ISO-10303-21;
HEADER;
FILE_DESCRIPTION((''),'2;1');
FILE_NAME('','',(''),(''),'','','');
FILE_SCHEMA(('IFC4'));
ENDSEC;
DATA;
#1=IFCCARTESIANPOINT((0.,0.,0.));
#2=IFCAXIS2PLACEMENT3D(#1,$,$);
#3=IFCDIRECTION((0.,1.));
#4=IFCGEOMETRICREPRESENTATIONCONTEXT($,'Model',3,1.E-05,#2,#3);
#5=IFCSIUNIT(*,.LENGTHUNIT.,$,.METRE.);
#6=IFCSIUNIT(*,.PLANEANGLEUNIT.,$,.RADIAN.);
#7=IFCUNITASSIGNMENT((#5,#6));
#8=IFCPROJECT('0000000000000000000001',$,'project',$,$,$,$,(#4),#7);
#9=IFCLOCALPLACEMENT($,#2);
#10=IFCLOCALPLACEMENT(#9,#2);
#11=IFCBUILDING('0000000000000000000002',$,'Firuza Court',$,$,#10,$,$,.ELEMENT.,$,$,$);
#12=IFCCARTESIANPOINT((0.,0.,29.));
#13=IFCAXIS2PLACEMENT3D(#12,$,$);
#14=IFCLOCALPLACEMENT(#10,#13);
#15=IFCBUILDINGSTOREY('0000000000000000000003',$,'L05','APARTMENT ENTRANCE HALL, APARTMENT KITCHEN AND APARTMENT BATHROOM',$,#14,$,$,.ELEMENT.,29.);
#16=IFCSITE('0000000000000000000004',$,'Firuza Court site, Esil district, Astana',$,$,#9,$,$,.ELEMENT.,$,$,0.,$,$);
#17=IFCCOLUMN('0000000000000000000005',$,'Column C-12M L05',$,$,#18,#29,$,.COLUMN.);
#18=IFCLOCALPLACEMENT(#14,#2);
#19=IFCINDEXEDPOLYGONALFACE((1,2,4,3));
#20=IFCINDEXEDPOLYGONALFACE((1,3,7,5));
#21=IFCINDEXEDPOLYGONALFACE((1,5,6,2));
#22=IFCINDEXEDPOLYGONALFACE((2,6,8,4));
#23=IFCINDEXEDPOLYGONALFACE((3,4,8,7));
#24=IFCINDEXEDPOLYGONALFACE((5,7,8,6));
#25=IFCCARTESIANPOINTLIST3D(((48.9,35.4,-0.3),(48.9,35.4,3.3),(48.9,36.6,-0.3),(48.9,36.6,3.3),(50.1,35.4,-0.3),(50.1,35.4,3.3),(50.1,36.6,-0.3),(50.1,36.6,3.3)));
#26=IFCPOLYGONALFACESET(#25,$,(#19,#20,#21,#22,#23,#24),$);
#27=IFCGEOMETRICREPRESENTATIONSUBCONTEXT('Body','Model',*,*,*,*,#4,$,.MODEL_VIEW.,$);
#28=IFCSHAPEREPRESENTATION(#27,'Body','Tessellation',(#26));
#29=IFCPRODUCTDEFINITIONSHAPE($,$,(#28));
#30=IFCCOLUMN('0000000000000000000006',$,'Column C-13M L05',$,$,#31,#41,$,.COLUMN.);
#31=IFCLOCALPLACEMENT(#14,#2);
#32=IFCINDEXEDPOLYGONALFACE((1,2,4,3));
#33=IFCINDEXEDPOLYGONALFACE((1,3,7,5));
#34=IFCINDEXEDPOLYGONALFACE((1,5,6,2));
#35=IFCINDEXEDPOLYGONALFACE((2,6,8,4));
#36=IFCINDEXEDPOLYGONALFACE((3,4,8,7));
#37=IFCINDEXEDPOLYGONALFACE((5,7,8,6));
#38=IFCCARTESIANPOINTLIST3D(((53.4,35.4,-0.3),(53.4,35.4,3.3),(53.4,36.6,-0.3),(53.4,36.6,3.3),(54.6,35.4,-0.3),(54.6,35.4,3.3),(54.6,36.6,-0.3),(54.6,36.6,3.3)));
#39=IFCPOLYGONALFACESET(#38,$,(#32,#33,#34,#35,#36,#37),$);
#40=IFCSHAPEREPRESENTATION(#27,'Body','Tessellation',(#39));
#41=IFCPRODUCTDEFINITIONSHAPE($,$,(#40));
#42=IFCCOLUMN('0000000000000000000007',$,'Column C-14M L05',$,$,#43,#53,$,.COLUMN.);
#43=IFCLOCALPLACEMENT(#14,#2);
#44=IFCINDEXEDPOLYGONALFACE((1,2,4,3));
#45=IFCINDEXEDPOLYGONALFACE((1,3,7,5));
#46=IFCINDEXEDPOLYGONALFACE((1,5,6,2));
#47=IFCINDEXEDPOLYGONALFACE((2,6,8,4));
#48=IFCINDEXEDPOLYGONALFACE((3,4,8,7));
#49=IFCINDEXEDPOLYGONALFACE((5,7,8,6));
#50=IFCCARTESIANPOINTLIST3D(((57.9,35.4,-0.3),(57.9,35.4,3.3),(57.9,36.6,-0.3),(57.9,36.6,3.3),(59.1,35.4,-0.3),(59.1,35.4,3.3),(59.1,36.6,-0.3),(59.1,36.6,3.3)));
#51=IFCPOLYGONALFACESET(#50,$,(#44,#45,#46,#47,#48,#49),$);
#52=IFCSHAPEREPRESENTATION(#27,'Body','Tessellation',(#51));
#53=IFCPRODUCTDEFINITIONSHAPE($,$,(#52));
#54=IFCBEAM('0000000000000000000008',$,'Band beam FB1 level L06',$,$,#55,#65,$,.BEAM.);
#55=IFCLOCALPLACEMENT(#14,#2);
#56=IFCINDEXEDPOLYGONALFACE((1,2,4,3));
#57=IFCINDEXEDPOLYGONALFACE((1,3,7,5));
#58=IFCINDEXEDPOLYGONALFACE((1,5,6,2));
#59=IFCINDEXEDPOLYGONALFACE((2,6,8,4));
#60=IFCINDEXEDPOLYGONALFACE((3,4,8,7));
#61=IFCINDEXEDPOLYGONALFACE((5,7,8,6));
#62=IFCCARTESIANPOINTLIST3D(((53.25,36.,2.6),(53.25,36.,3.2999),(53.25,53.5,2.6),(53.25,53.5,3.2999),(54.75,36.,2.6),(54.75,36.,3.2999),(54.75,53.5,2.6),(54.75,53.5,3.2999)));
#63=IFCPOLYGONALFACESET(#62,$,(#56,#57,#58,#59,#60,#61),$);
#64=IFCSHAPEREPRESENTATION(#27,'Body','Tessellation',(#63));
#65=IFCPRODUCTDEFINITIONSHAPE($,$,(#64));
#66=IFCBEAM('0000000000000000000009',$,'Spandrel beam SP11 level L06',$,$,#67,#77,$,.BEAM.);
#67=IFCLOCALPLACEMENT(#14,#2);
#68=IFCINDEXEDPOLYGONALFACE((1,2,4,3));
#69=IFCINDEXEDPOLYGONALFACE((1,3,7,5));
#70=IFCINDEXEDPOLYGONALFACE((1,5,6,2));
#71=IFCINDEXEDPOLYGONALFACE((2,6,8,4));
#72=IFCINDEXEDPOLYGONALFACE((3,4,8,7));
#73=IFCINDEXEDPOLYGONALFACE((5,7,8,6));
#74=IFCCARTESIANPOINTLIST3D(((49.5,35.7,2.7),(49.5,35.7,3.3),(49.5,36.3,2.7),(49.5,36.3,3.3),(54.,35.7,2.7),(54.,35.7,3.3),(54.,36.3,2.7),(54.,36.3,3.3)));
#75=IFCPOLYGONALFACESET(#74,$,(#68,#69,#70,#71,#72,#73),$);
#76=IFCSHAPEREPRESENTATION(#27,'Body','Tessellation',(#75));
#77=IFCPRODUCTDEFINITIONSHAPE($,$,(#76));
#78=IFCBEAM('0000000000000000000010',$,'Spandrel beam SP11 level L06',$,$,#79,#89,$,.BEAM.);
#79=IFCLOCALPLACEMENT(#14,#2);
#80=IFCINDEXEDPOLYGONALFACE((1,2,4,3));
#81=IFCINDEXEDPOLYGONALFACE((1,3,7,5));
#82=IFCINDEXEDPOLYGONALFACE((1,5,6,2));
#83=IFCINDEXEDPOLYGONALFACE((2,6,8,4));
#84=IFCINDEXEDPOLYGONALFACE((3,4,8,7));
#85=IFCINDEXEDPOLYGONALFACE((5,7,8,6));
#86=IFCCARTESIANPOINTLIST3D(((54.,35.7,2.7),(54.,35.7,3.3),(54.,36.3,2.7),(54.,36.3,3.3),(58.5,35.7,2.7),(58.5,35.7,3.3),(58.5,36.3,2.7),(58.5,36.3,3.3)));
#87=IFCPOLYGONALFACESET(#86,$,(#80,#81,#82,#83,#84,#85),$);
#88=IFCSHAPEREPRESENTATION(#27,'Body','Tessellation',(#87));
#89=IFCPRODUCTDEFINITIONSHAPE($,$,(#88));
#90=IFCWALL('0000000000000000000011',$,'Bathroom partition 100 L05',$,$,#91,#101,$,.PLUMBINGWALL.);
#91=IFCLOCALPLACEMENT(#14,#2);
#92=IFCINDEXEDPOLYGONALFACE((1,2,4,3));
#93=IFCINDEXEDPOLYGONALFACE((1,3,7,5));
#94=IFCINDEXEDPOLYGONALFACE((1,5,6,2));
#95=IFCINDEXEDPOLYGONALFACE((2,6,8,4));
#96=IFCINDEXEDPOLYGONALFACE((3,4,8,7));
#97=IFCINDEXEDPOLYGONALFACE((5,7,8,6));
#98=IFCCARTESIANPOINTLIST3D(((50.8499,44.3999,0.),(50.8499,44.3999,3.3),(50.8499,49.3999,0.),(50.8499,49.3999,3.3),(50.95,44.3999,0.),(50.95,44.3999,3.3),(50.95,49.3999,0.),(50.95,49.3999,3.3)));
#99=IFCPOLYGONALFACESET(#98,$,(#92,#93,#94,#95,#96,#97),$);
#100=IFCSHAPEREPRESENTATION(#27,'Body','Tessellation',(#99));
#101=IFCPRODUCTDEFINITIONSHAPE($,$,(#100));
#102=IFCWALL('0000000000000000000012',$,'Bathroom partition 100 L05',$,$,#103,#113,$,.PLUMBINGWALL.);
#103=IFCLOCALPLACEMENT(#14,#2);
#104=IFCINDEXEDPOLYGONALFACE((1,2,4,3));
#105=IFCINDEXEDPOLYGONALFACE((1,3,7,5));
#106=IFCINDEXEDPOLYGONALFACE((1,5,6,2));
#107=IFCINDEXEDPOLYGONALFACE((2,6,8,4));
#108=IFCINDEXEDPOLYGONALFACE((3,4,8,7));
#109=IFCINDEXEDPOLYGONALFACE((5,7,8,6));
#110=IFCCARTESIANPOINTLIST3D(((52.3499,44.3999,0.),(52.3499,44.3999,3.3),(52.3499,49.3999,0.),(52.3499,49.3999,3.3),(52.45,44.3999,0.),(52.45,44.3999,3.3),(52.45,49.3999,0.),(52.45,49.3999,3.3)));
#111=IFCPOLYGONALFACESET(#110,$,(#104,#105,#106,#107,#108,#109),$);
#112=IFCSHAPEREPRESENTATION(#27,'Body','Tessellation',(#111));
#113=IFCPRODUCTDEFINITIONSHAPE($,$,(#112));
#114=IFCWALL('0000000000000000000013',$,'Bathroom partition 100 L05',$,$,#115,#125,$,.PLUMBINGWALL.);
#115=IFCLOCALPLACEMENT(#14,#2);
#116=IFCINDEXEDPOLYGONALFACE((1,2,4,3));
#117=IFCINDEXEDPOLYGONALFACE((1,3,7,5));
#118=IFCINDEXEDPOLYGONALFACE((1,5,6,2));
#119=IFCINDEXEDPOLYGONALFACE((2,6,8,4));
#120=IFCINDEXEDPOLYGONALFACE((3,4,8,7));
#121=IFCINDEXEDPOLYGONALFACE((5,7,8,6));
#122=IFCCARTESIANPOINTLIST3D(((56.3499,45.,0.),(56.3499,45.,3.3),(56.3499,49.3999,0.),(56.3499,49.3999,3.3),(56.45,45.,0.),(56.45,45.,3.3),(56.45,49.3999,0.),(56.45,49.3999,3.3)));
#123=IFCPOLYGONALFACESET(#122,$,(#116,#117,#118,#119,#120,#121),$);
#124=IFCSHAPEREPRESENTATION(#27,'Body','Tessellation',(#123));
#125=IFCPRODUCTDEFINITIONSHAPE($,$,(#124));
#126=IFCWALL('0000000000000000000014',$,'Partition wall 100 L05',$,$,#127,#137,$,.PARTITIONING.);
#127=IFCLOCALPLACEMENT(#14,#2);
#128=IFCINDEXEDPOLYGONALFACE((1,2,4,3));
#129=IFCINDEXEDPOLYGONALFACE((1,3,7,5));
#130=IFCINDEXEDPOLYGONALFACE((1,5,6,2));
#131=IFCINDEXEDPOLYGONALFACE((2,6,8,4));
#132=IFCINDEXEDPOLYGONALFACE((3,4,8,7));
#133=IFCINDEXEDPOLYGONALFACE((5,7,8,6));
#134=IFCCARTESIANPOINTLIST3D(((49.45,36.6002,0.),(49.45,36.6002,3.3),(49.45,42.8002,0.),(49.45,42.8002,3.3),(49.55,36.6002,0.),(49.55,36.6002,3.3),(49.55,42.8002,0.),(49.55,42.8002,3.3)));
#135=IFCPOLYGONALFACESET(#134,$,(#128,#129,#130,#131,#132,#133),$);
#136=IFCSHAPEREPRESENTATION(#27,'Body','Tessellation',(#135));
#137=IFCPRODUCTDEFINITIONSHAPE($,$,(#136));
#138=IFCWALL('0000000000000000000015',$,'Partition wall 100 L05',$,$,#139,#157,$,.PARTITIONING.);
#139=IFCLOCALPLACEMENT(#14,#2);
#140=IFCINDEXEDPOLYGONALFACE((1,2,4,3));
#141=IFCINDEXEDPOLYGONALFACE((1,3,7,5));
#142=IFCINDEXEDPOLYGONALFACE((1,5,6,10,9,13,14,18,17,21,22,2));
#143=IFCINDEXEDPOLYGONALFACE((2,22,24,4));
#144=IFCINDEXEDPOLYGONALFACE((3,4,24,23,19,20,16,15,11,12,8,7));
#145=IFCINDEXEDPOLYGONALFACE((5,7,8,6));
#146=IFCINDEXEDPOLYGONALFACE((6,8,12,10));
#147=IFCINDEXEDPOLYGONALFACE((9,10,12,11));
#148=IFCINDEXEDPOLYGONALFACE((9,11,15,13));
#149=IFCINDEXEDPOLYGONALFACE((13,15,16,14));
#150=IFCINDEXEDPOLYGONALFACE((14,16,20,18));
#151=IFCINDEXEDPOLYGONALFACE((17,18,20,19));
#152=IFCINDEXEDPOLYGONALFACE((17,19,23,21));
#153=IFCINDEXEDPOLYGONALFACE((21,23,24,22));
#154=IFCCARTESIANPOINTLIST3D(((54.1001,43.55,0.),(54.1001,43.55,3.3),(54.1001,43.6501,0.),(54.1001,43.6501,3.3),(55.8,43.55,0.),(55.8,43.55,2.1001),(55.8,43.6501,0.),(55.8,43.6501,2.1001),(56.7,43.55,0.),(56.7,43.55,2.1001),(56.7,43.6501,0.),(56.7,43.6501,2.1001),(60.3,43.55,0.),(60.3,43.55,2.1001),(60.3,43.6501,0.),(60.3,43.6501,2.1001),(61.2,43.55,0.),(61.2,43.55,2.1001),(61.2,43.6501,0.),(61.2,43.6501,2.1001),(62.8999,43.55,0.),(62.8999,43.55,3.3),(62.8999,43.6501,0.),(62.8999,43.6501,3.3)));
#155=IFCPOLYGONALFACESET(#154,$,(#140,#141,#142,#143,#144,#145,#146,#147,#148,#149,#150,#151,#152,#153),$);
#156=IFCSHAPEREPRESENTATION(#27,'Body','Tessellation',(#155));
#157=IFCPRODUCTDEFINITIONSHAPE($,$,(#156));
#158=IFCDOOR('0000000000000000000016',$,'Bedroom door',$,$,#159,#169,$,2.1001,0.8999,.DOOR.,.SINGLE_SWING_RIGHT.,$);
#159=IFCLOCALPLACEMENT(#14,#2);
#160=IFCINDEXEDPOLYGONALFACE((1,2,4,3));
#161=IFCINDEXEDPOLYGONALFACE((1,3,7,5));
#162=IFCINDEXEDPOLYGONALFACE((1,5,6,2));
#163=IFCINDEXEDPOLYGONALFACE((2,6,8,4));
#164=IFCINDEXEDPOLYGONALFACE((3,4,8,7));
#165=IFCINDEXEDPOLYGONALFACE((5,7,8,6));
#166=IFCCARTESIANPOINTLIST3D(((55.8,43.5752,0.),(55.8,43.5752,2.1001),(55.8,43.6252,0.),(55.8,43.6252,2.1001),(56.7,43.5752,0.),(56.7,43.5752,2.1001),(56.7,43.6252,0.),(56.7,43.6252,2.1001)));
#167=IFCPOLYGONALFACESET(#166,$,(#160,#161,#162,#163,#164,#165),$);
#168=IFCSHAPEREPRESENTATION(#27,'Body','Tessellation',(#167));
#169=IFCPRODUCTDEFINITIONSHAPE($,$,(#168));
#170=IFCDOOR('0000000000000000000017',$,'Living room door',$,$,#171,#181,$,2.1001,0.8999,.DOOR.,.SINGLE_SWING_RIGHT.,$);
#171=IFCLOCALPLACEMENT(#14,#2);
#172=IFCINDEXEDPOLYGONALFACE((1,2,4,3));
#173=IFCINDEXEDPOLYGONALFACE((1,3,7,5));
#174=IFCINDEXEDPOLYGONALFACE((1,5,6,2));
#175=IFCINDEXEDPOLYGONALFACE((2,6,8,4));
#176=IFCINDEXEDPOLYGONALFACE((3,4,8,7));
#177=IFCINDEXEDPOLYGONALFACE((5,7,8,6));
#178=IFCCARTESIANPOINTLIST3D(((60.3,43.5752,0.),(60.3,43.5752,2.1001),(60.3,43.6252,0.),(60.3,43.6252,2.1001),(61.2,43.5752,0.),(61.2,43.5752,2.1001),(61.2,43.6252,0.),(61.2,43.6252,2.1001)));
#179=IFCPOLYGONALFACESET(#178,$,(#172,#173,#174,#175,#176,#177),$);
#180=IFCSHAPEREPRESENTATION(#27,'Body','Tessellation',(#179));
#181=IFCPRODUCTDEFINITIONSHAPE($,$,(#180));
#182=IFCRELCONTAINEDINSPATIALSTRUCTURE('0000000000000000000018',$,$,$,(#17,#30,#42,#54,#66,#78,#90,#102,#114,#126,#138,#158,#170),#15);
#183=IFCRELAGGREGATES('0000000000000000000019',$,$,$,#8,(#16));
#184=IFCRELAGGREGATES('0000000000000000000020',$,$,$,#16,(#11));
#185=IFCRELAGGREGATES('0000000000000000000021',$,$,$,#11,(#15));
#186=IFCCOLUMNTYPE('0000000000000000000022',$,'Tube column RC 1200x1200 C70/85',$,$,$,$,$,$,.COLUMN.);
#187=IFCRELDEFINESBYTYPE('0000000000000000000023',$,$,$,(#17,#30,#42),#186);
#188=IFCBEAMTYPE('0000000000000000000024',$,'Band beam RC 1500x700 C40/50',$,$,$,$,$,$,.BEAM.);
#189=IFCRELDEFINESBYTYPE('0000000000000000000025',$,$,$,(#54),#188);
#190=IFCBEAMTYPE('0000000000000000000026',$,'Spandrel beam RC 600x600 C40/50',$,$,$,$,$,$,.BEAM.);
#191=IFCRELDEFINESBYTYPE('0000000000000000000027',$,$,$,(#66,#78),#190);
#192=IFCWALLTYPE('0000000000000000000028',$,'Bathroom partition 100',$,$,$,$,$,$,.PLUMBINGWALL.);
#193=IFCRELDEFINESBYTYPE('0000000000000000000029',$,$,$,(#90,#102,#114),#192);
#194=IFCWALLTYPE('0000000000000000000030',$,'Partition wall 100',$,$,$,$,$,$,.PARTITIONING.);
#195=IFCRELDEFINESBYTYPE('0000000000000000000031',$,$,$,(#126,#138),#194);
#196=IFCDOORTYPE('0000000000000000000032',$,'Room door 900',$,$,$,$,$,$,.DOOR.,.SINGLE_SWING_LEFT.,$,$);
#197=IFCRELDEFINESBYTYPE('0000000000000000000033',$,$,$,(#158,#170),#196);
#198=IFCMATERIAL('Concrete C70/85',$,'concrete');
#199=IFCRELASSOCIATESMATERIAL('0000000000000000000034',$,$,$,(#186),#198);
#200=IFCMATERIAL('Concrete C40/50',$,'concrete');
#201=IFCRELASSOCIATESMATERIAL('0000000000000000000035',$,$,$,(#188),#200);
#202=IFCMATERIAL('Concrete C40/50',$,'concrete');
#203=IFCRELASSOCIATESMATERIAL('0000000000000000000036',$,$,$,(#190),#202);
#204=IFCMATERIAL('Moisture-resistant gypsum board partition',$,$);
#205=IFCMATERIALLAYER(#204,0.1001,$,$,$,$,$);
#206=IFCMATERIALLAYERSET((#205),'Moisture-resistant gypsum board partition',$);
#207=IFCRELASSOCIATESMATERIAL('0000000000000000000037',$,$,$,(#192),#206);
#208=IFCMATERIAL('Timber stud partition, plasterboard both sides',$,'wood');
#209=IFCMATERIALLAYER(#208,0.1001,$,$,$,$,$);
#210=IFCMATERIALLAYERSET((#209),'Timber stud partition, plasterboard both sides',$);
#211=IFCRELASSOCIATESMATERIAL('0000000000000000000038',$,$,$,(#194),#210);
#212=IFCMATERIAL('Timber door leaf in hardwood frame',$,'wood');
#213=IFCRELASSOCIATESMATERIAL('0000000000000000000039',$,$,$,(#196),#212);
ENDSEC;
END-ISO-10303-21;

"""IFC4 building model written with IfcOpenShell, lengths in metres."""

from ifc_helpers import new_model, si_unit, direction, frame, frame_2d, origin, origin_2d, place, context, subcontext, project, spatial, rectangle, extrude, material, layer, layer_set, material_profile, profile_set, type_object, element, fill, save


model = new_model("IFC4")

# Units and contexts
model_context = context("Model", 3, precision=1e-05, world=origin(), true_north=direction((0.0, 1.0)))
body_context = subcontext(model_context, "Body", "Model", "MODEL_VIEW")
ifc_project = project(units=[si_unit("LENGTHUNIT", "METRE"), si_unit("PLANEANGLEUNIT", "RADIAN")], contexts=[model_context])

# Site, building, storey
site_placement = place(None, origin())
site = spatial("IfcSite", under=ifc_project, at=site_placement, Name="Firuza Court site, Esil district, Astana", CompositionType="ELEMENT", RefElevation=0.0)
building_placement = place(site_placement, origin())
building = spatial("IfcBuilding", under=site, at=building_placement, Name="Firuza Court", CompositionType="ELEMENT")
storey_placement = place(building_placement, frame((0.0, 0.0, 29.0)))
storey = spatial("IfcBuildingStorey", under=building, at=storey_placement, Name="L05", Description="APARTMENT ENTRANCE HALL, APARTMENT KITCHEN AND APARTMENT BATHROOM", CompositionType="ELEMENT", Elevation=29.0)

# Columns
ifc_material_1 = material(Name="Concrete C70/85", Category="concrete")
ifc_material_profile_1 = material_profile(ifc_material_1, rectangle(XDim=1.2, YDim=1.2, at=origin_2d()), Name="RC 1200x1200")
ifc_profile_set_1 = profile_set([ifc_material_profile_1], Name="Concrete C70/85")
column_type = type_object("IfcColumnType", Name="Tube column RC 1200x1200 C70/85", PredefinedType="COLUMN", material=ifc_profile_set_1)
for number, where, z_axis, x_axis, name in (
    (1, (49.5, 36.0, -0.3), (0.0, 0.0, 1.0), (1.0, 0.0, 0.0), "Column C-12M L05"),
    (2, (54.0, 36.0, -0.3), (0.0, 0.0, 1.0), (1.0, 0.0, 0.0), "Column C-13M L05"),
    (3, (58.5, 36.0, -0.3), (0.0, 0.0, 1.0), (1.0, 0.0, 0.0), "Column C-14M L05"),
):
    element("IfcColumn", number, at=place(storey_placement, frame(where, z_axis=z_axis, x_axis=x_axis)), inside=storey, type_object=column_type, Name=name, PredefinedType="COLUMN", context=body_context, shape_type="SweptSolid", body=[
        extrude(rectangle(XDim=1.2, YDim=1.2, at=origin_2d()), origin(), (0.0, 0.0, 1.0), 3.6001),
    ])

# Beams
ifc_material_2 = material(Name="Concrete C40/50", Category="concrete")
ifc_material_profile_2 = material_profile(ifc_material_2, rectangle(XDim=1.5, YDim=0.7, at=origin_2d()), Name="RC 1500x700")
ifc_profile_set_2 = profile_set([ifc_material_profile_2], Name="Concrete C40/50")
beam_type_1 = type_object("IfcBeamType", Name="Band beam RC 1500x700 C40/50", PredefinedType="BEAM", material=ifc_profile_set_2)
beam_placement = place(storey_placement, frame((54.0, 36.0, 2.95), z_axis=(0.0, 1.0, 0.0), x_axis=(-1.0, 0.0, 0.0)))
element("IfcBeam", 4, at=beam_placement, inside=storey, type_object=beam_type_1, Name="Band beam FB1 level L06", PredefinedType="BEAM", context=body_context, shape_type="SweptSolid", body=[
    extrude(rectangle(XDim=1.5, YDim=0.7, at=origin_2d()), origin(), (0.0, 0.0, 1.0), 17.5),
])
ifc_material_3 = material(Name="Concrete C40/50", Category="concrete")
ifc_material_profile_3 = material_profile(ifc_material_3, rectangle(XDim=0.6001, YDim=0.6001, at=origin_2d()), Name="RC 600x600")
ifc_profile_set_3 = profile_set([ifc_material_profile_3], Name="Concrete C40/50")
beam_type_2 = type_object("IfcBeamType", Name="Spandrel beam RC 600x600 C40/50", PredefinedType="BEAM", material=ifc_profile_set_3)
for number, where, z_axis, x_axis, name in (
    (5, (49.5, 36.0, 3.0), (1.0, 0.0, 0.0), (0.0, 1.0, 0.0), "Spandrel beam SP11 level L06"),
    (6, (54.0, 36.0, 3.0), (1.0, 0.0, 0.0), (0.0, 1.0, 0.0), "Spandrel beam SP11 level L06"),
):
    element("IfcBeam", number, at=place(storey_placement, frame(where, z_axis=z_axis, x_axis=x_axis)), inside=storey, type_object=beam_type_2, Name=name, PredefinedType="BEAM", context=body_context, shape_type="SweptSolid", body=[
        extrude(rectangle(XDim=0.6001, YDim=0.6001, at=origin_2d()), origin(), (0.0, 0.0, 1.0), 4.5),
    ])

# Walls
ifc_material_4 = material(Name="Moisture-resistant gypsum board partition")
ifc_layer_1 = layer(ifc_material_4, 0.1001)
ifc_layer_set_1 = layer_set([ifc_layer_1], Name="Moisture-resistant gypsum board partition")
wall_type_1 = type_object("IfcWallType", Name="Bathroom partition 100", PredefinedType="PLUMBINGWALL", material=ifc_layer_set_1)
for number, where, z_axis, x_axis, name in (
    (7, (50.8999, 44.3999, 0.0), (0.0, 0.0, 1.0), (0.0, 1.0, 0.0), "Bathroom partition 100 L05"),
    (8, (52.3999, 44.3999, 0.0), (0.0, 0.0, 1.0), (0.0, 1.0, 0.0), "Bathroom partition 100 L05"),
):
    element("IfcWall", number, at=place(storey_placement, frame(where, z_axis=z_axis, x_axis=x_axis)), inside=storey, type_object=wall_type_1, Name=name, PredefinedType="PLUMBINGWALL", context=body_context, shape_type="SweptSolid", body=[
        extrude(rectangle(XDim=5.0, YDim=0.1001, at=frame_2d((2.5, 0.0))), origin(), (0.0, 0.0, 1.0), 3.3),
    ])
wall_1_placement = place(storey_placement, frame((56.3999, 45.0, 0.0), z_axis=(0.0, 0.0, 1.0), x_axis=(0.0, 1.0, 0.0)))
element("IfcWall", 9, at=wall_1_placement, inside=storey, type_object=wall_type_1, Name="Bathroom partition 100 L05", PredefinedType="PLUMBINGWALL", context=body_context, shape_type="SweptSolid", body=[
    extrude(rectangle(XDim=4.3999, YDim=0.1001, at=frame_2d((2.2, 0.0))), origin(), (0.0, 0.0, 1.0), 3.3),
])
ifc_material_5 = material(Name="Timber stud partition, plasterboard both sides", Category="wood")
ifc_layer_2 = layer(ifc_material_5, 0.1001)
ifc_layer_set_2 = layer_set([ifc_layer_2], Name="Timber stud partition, plasterboard both sides")
wall_type_2 = type_object("IfcWallType", Name="Partition wall 100", PredefinedType="PARTITIONING", material=ifc_layer_set_2)
wall_2_placement = place(storey_placement, frame((49.5, 36.6001, 0.0), z_axis=(0.0, 0.0, 1.0), x_axis=(0.0, 1.0, 0.0)))
element("IfcWall", 10, at=wall_2_placement, inside=storey, type_object=wall_type_2, Name="Partition wall 100 L05", PredefinedType="PARTITIONING", context=body_context, shape_type="SweptSolid", body=[
    extrude(rectangle(XDim=6.2, YDim=0.1001, at=frame_2d((3.1001, 0.0))), origin(), (0.0, 0.0, 1.0), 3.3),
])

# Wall, openings, doors
wall_3_placement = place(storey_placement, frame((54.1001, 43.6001, 0.0), z_axis=(0.0, 0.0, 1.0), x_axis=(1.0, 0.0, 0.0)))
wall_3 = element("IfcWall", 11, at=wall_3_placement, inside=storey, type_object=wall_type_2, Name="Partition wall 100 L05", PredefinedType="PARTITIONING", context=body_context, shape_type="SweptSolid", body=[
    extrude(rectangle(XDim=8.7998, YDim=0.1001, at=frame_2d((4.3999, 0.0))), origin(), (0.0, 0.0, 1.0), 3.3),
])
opening_1_placement = place(wall_3_placement, frame((1.7, 0.0, 0.0)))
opening_1 = element("IfcOpeningElement", 12, at=opening_1_placement, cuts=wall_3, PredefinedType="OPENING", context=body_context, shape_type="SweptSolid", body=[
    extrude(rectangle(XDim=0.8999, YDim=2.1001, at=frame_2d((0.45, 1.05))), frame((0.0, 0.062, 0.0), z_axis=(0.0, -1.0, 0.0), x_axis=(1.0, 0.0, 0.0)), (0.0, 0.0, 1.0), 0.124),
])
opening_2_placement = place(wall_3_placement, frame((6.2, 0.0, 0.0)))
opening_2 = element("IfcOpeningElement", 13, at=opening_2_placement, cuts=wall_3, PredefinedType="OPENING", context=body_context, shape_type="SweptSolid", body=[
    extrude(rectangle(XDim=0.8999, YDim=2.1001, at=frame_2d((0.45, 1.05))), frame((0.0, 0.062, 0.0), z_axis=(0.0, -1.0, 0.0), x_axis=(1.0, 0.0, 0.0)), (0.0, 0.0, 1.0), 0.124),
])
ifc_material_6 = material(Name="Timber door leaf in hardwood frame", Category="wood")
door_type_1 = type_object("IfcDoorType", Name="Room door 900", OperationType="SINGLE_SWING_LEFT", PredefinedType="DOOR", material=ifc_material_6)
door_1_placement = place(opening_1_placement, frame((0.8999, 0.0, 0.0), z_axis=(0.0, 0.0, 1.0), x_axis=(-1.0, 0.0, 0.0)))
door_1 = element("IfcDoor", 14, at=door_1_placement, inside=storey, type_object=door_type_1, Name="Bedroom door", OperationType="SINGLE_SWING_RIGHT", OverallHeight=2.1001, OverallWidth=0.8999, PredefinedType="DOOR", context=body_context, shape_type="SweptSolid", body=[
    extrude(rectangle(XDim=0.8999, YDim=2.1001, at=frame_2d((0.45, 1.05))), frame((0.0, 0.0249, 0.0), z_axis=(0.0, -1.0, 0.0), x_axis=(1.0, 0.0, 0.0)), (0.0, 0.0, 1.0), 0.05),
])
fill(opening_1, door_1)
door_2_placement = place(opening_2_placement, frame((0.8999, 0.0, 0.0), z_axis=(0.0, 0.0, 1.0), x_axis=(-1.0, 0.0, 0.0)))
door_2 = element("IfcDoor", 15, at=door_2_placement, inside=storey, type_object=door_type_1, Name="Living room door", OperationType="SINGLE_SWING_RIGHT", OverallHeight=2.1001, OverallWidth=0.8999, PredefinedType="DOOR", context=body_context, shape_type="SweptSolid", body=[
    extrude(rectangle(XDim=0.8999, YDim=2.1001, at=frame_2d((0.45, 1.05))), frame((0.0, 0.0249, 0.0), z_axis=(0.0, -1.0, 0.0), x_axis=(1.0, 0.0, 0.0)), (0.0, 0.0, 1.0), 0.05),
])
fill(opening_2, door_2)

save(model, "model.ifc")
